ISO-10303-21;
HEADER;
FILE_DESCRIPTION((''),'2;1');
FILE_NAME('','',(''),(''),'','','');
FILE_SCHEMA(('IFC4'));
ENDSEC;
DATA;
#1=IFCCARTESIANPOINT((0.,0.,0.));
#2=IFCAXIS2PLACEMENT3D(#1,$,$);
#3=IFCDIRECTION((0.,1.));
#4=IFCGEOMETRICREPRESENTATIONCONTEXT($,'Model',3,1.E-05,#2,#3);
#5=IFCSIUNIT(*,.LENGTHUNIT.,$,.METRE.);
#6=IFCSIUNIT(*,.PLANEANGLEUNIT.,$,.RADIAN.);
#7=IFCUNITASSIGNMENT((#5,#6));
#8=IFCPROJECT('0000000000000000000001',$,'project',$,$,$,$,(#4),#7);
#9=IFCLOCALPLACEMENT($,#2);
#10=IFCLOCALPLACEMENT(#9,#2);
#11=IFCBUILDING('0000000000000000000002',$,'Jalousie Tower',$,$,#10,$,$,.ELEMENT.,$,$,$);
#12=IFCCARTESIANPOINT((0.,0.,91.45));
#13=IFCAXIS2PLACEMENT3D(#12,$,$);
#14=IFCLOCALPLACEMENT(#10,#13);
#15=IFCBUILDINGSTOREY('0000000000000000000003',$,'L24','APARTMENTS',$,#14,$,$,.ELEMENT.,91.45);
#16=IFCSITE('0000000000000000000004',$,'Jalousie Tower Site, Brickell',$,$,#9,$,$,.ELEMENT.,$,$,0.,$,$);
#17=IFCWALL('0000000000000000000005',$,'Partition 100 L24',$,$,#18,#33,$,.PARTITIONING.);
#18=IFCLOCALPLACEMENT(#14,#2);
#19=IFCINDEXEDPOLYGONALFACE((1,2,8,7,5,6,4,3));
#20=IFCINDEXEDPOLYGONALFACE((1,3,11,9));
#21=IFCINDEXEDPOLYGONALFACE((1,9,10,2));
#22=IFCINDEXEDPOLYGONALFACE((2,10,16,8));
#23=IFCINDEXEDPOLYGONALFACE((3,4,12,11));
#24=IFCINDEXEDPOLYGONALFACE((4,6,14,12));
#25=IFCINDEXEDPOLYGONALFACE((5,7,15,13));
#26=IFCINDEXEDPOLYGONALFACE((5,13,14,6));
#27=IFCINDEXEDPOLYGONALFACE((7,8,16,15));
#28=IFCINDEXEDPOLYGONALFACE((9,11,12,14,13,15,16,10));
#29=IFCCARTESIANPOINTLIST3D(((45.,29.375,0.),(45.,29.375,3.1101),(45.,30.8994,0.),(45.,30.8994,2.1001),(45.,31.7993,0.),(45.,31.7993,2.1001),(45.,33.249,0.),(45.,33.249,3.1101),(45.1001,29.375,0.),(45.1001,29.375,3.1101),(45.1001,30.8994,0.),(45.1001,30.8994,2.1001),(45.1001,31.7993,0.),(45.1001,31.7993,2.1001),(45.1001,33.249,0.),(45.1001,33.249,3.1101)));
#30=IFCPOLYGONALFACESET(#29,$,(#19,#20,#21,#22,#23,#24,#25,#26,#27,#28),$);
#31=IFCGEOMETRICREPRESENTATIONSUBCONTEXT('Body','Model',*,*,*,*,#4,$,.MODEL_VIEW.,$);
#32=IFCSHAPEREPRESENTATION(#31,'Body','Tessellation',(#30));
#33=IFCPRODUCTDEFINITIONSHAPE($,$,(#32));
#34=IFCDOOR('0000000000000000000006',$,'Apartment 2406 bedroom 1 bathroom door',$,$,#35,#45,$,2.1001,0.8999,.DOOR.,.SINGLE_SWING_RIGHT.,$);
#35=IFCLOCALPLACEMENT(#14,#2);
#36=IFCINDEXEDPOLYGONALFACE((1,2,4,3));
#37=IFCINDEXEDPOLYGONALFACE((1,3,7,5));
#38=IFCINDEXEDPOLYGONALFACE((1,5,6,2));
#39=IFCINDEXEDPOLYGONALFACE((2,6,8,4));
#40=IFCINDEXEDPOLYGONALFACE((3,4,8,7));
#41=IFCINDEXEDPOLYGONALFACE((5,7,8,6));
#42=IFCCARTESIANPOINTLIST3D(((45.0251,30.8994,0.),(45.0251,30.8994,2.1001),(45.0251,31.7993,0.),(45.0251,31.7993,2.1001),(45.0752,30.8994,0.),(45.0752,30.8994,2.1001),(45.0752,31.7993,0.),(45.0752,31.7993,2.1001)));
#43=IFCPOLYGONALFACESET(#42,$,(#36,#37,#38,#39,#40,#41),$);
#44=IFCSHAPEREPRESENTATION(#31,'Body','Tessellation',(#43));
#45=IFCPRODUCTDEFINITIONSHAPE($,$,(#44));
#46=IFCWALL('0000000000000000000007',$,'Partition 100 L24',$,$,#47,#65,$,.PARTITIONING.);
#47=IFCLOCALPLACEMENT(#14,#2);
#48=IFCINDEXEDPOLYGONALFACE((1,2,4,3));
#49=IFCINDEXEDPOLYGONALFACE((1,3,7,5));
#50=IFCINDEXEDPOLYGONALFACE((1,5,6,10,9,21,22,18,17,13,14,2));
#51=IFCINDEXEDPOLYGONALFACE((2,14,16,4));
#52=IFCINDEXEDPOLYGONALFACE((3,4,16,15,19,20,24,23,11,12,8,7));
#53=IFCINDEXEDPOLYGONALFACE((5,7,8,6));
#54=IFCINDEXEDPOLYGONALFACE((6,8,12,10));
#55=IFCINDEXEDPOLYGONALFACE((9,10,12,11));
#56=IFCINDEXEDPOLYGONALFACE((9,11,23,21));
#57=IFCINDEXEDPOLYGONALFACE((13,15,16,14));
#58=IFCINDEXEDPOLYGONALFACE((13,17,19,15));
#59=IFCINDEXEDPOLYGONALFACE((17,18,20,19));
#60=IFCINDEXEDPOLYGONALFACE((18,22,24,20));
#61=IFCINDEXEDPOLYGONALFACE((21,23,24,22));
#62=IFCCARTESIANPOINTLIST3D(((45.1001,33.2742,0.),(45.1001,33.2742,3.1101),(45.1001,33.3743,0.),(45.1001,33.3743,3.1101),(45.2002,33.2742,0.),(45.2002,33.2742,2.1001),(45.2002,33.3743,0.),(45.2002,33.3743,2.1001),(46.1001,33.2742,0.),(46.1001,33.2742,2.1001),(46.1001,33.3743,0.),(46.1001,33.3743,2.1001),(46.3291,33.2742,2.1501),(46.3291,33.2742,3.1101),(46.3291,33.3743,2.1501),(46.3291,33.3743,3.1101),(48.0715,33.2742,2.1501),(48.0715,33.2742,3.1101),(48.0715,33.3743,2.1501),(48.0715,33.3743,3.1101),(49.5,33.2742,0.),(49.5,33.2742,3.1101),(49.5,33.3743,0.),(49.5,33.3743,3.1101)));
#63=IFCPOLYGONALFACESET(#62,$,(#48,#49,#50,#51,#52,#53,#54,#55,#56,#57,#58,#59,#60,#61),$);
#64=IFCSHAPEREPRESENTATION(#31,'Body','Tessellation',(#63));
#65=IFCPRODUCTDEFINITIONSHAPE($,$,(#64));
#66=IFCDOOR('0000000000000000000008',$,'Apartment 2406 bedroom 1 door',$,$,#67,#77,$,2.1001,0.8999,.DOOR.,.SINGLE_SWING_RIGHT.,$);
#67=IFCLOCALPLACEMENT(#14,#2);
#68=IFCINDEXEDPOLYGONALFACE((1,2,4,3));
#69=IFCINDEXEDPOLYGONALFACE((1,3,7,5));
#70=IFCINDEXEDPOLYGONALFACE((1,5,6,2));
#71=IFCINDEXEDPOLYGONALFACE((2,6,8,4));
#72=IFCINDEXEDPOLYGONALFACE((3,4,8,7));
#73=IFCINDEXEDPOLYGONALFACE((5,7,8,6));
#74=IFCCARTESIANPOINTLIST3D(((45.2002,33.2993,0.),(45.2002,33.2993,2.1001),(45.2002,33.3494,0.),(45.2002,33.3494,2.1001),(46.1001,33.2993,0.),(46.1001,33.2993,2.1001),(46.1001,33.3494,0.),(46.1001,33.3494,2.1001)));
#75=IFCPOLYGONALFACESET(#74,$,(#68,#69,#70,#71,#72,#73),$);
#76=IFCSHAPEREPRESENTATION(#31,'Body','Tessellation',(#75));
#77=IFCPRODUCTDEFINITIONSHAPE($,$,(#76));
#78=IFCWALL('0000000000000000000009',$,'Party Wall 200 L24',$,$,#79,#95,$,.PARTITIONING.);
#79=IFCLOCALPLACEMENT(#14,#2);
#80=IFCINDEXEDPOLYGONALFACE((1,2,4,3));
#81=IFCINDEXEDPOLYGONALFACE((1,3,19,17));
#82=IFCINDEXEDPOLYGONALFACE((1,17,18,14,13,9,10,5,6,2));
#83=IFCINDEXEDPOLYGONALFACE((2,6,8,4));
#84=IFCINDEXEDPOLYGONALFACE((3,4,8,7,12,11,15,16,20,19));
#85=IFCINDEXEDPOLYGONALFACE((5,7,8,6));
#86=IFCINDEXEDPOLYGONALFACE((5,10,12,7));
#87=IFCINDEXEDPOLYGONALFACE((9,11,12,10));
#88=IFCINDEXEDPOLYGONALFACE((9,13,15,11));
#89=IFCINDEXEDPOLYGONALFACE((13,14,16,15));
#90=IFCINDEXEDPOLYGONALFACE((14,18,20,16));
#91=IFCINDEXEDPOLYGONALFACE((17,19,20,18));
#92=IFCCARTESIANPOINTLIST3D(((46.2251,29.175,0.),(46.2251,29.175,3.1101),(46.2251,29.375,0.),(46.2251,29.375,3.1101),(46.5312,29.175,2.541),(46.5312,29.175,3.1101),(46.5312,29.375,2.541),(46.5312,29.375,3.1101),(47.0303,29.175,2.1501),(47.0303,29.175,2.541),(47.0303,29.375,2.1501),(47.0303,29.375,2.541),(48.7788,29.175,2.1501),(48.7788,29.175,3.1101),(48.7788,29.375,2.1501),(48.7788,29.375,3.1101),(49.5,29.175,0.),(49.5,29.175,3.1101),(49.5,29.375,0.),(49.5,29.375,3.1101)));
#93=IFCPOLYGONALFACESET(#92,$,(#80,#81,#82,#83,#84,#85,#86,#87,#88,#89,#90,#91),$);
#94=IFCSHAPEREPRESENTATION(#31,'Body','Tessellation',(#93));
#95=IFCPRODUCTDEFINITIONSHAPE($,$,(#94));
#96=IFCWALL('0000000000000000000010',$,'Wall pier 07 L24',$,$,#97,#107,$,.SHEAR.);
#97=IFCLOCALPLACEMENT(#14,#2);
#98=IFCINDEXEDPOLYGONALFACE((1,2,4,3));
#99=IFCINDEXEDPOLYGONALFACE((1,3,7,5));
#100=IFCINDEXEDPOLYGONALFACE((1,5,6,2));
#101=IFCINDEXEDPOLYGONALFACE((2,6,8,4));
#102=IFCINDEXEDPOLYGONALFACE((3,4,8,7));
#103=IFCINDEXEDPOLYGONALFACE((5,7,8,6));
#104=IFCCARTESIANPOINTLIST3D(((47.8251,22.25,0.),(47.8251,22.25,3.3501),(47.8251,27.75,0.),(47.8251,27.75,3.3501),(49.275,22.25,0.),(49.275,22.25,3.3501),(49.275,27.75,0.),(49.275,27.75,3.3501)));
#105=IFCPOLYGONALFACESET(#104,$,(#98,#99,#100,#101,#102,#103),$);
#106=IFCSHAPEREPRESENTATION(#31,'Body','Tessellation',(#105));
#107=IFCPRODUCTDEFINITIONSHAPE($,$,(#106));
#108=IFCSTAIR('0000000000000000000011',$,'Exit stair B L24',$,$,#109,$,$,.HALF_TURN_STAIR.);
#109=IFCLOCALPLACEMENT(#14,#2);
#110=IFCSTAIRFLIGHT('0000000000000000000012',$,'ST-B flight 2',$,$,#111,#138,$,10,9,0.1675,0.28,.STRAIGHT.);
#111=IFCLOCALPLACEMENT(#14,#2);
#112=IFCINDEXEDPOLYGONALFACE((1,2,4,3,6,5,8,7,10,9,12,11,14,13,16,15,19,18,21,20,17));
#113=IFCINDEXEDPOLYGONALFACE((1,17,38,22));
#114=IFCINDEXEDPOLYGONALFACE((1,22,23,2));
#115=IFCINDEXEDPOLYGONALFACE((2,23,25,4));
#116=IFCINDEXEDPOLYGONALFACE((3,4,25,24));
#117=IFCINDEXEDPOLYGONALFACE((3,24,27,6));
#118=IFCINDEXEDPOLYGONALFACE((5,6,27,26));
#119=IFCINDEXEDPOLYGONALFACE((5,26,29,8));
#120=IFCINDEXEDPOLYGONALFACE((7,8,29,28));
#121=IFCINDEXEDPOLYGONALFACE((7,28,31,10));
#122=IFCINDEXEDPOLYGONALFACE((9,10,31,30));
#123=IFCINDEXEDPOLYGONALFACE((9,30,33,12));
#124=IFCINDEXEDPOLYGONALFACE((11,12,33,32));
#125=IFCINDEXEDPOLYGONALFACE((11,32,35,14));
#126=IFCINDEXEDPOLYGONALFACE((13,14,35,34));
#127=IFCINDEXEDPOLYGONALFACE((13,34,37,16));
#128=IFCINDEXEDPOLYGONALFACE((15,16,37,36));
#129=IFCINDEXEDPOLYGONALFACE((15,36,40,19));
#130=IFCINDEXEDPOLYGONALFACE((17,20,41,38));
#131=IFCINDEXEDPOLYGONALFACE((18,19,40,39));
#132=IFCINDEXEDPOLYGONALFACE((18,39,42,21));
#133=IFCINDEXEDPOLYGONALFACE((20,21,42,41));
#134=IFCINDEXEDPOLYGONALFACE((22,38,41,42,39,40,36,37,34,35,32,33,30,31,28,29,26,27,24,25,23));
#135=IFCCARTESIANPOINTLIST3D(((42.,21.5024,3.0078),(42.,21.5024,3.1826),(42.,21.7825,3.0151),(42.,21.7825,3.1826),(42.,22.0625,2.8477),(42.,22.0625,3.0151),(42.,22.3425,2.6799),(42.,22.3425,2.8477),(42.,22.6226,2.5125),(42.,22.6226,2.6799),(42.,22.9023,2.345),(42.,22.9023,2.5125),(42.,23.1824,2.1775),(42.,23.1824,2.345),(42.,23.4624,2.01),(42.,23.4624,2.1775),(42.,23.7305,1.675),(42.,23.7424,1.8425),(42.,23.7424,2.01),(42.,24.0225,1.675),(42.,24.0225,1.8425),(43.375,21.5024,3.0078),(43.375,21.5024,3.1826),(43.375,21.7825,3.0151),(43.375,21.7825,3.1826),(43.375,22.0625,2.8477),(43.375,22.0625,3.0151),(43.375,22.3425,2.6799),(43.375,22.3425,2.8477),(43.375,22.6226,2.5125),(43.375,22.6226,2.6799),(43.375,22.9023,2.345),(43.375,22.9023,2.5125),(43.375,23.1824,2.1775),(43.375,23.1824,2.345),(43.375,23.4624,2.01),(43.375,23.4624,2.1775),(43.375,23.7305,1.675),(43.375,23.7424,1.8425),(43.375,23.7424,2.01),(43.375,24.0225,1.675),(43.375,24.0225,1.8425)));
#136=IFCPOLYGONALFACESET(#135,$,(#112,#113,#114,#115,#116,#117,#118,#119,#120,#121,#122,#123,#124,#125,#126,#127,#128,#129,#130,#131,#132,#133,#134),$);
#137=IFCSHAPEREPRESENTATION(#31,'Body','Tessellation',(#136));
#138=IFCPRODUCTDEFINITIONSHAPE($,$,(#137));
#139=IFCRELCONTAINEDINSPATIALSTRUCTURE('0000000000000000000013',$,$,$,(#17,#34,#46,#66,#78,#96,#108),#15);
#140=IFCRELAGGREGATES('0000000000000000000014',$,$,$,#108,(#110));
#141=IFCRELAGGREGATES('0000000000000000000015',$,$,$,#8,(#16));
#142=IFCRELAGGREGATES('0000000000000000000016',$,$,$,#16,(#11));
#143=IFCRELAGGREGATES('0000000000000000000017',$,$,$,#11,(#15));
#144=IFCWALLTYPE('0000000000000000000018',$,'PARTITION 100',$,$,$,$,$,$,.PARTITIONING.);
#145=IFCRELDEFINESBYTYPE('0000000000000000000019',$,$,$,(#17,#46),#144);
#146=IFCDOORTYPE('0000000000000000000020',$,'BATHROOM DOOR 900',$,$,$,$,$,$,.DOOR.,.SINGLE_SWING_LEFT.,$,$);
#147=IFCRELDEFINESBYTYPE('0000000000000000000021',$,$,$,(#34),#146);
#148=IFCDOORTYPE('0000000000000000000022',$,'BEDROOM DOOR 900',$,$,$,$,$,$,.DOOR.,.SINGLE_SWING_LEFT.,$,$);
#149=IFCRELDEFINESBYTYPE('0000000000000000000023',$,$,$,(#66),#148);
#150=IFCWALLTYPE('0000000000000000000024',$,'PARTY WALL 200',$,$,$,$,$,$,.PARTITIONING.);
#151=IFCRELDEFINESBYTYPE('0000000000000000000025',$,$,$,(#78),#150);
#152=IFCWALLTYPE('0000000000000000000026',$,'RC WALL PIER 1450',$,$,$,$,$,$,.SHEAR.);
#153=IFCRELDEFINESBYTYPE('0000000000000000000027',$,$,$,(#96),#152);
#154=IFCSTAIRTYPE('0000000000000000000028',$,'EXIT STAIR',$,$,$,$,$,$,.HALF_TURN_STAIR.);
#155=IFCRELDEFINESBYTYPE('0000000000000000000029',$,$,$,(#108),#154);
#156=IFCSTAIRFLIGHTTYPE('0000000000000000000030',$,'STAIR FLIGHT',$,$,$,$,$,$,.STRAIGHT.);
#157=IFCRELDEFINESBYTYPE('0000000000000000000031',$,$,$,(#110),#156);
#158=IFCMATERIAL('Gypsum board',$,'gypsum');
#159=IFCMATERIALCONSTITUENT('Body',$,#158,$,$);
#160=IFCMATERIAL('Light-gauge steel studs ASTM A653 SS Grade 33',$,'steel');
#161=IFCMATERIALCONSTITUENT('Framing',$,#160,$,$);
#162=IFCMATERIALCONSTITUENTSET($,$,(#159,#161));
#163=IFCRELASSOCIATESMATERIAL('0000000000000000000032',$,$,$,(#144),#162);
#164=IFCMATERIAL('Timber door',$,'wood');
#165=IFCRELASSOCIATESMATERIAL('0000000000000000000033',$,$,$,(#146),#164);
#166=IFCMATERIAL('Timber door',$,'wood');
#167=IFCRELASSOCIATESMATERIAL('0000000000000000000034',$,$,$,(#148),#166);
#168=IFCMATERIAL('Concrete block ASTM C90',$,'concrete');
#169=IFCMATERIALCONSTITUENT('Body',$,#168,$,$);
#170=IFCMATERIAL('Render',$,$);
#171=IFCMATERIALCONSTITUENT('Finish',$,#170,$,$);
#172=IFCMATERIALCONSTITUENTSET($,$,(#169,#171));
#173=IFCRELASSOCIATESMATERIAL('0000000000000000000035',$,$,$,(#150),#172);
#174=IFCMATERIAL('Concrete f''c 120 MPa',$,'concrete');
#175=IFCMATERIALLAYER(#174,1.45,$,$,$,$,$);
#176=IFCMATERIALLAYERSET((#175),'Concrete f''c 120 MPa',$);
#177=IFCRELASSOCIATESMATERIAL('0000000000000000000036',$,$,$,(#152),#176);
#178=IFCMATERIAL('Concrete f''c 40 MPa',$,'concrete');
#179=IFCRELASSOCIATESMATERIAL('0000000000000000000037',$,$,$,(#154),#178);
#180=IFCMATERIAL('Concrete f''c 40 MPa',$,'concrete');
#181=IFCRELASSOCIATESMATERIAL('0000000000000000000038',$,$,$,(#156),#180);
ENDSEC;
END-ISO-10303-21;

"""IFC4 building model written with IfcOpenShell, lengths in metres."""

from ifc_helpers import new_model, si_unit, direction, frame, frame_2d, origin, place, context, subcontext, project, spatial, polyline, rectangle, outline, extrude, material, layer, layer_set, constituent, constituent_set, type_object, element, fill, aggregate, save


model = new_model("IFC4")

# Units and contexts
model_context = context("Model", 3, precision=1e-05, world=origin(), true_north=direction((0.0, 1.0)))
body_context = subcontext(model_context, "Body", "Model", "MODEL_VIEW")
ifc_project = project(units=[si_unit("LENGTHUNIT", "METRE"), si_unit("PLANEANGLEUNIT", "RADIAN")], contexts=[model_context])

# Site, building, storey
site_placement = place(None, origin())
site = spatial("IfcSite", under=ifc_project, at=site_placement, Name="Jalousie Tower Site, Brickell", CompositionType="ELEMENT", RefElevation=0.0)
building_placement = place(site_placement, origin())
building = spatial("IfcBuilding", under=site, at=building_placement, Name="Jalousie Tower", CompositionType="ELEMENT")
storey_placement = place(building_placement, frame((0.0, 0.0, 91.45)))
storey = spatial("IfcBuildingStorey", under=building, at=storey_placement, Name="L24", Description="APARTMENTS", CompositionType="ELEMENT", Elevation=91.45)

# Walls, openings, doors
ifc_material_1 = material(Name="Gypsum board", Category="gypsum")
ifc_constituent_1 = constituent(ifc_material_1, Name="Body")
ifc_material_2 = material(Name="Light-gauge steel studs ASTM A653 SS Grade 33", Category="steel")
ifc_constituent_2 = constituent(ifc_material_2, Name="Framing")
ifc_constituent_set_1 = constituent_set(constituents=[ifc_constituent_1, ifc_constituent_2])
wall_type_1 = type_object("IfcWallType", Name="PARTITION 100", PredefinedType="PARTITIONING", material=ifc_constituent_set_1)
wall_1_placement = place(storey_placement, frame((45.05, 33.249, 0.0), z_axis=(0.0, 0.0, 1.0), x_axis=(0.0, -1.0, 0.0)))
wall_1 = element("IfcWall", 1, at=wall_1_placement, inside=storey, type_object=wall_type_1, Name="Partition 100 L24", PredefinedType="PARTITIONING", context=body_context, shape_type="SweptSolid", body=[
    extrude(rectangle(XDim=3.874, YDim=0.1001, at=frame_2d((1.937, 0.0))), origin(), (0.0, 0.0, 1.0), 3.1101),
])
opening_1_placement = place(wall_1_placement, frame((1.4497, 0.0, 0.0)))
opening_1 = element("IfcOpeningElement", 2, at=opening_1_placement, cuts=wall_1, PredefinedType="OPENING", context=body_context, shape_type="SweptSolid", body=[
    extrude(rectangle(XDim=0.8999, YDim=2.1001, at=frame_2d((0.45, 1.05))), frame((0.0, 0.0601, 0.0), z_axis=(0.0, -1.0, 0.0), x_axis=(1.0, 0.0, 0.0)), (0.0, 0.0, 1.0), 0.1201),
])
ifc_material_3 = material(Name="Timber door", Category="wood")
door_type_1 = type_object("IfcDoorType", Name="BATHROOM DOOR 900", OperationType="SINGLE_SWING_LEFT", PredefinedType="DOOR", material=ifc_material_3)
door_1_placement = place(opening_1_placement, frame((0.8999, 0.0, 0.0), z_axis=(0.0, 0.0, 1.0), x_axis=(-1.0, 0.0, 0.0)))
door_1 = element("IfcDoor", 3, at=door_1_placement, inside=storey, type_object=door_type_1, Name="Apartment 2406 bedroom 1 bathroom door", OperationType="SINGLE_SWING_RIGHT", OverallHeight=2.1001, OverallWidth=0.8999, PredefinedType="DOOR", context=body_context, shape_type="SweptSolid", body=[
    extrude(rectangle(XDim=0.8999, YDim=2.1001, at=frame_2d((0.45, 1.05))), frame((0.0, 0.0249, 0.0), z_axis=(0.0, -1.0, 0.0), x_axis=(1.0, 0.0, 0.0)), (0.0, 0.0, 1.0), 0.05),
])
fill(opening_1, door_1)
wall_2_placement = place(storey_placement, frame((45.1001, 33.3242, 0.0), z_axis=(0.0, 0.0, 1.0), x_axis=(1.0, 0.0, 0.0)))
wall_2 = element("IfcWall", 4, at=wall_2_placement, inside=storey, type_object=wall_type_1, Name="Partition 100 L24", PredefinedType="PARTITIONING", context=body_context, shape_type="SweptSolid", body=[
    extrude(outline(polyline([(0.0, 0.0), (4.3999, 0.0), (4.3999, 3.1101), (2.9714, 3.1101), (2.9714, 2.1501), (1.229, 2.1501), (1.229, 3.1101), (0.0, 3.1101), (0.0, 0.0)])), frame((0.0, 0.05, 0.0), z_axis=(0.0, -1.0, 0.0), x_axis=(1.0, 0.0, 0.0)), (0.0, 0.0, 1.0), 0.1001),
])
opening_2_placement = place(wall_2_placement, frame((0.1001, 0.0, 0.0)))
opening_2 = element("IfcOpeningElement", 5, at=opening_2_placement, cuts=wall_2, PredefinedType="OPENING", context=body_context, shape_type="SweptSolid", body=[
    extrude(rectangle(XDim=0.8999, YDim=2.1001, at=frame_2d((0.45, 1.05))), frame((0.0, 0.0601, 0.0), z_axis=(0.0, -1.0, 0.0), x_axis=(1.0, 0.0, 0.0)), (0.0, 0.0, 1.0), 0.1201),
])
ifc_material_4 = material(Name="Timber door", Category="wood")
door_type_2 = type_object("IfcDoorType", Name="BEDROOM DOOR 900", OperationType="SINGLE_SWING_LEFT", PredefinedType="DOOR", material=ifc_material_4)
door_2_placement = place(opening_2_placement, frame((0.8999, 0.0, 0.0), z_axis=(0.0, 0.0, 1.0), x_axis=(-1.0, 0.0, 0.0)))
door_2 = element("IfcDoor", 6, at=door_2_placement, inside=storey, type_object=door_type_2, Name="Apartment 2406 bedroom 1 door", OperationType="SINGLE_SWING_RIGHT", OverallHeight=2.1001, OverallWidth=0.8999, PredefinedType="DOOR", context=body_context, shape_type="SweptSolid", body=[
    extrude(rectangle(XDim=0.8999, YDim=2.1001, at=frame_2d((0.45, 1.05))), frame((0.0, 0.0249, 0.0), z_axis=(0.0, -1.0, 0.0), x_axis=(1.0, 0.0, 0.0)), (0.0, 0.0, 1.0), 0.05),
])
fill(opening_2, door_2)

# Walls
ifc_material_5 = material(Name="Concrete block ASTM C90", Category="concrete")
ifc_constituent_3 = constituent(ifc_material_5, Name="Body")
ifc_material_6 = material(Name="Render")
ifc_constituent_4 = constituent(ifc_material_6, Name="Finish")
ifc_constituent_set_2 = constituent_set(constituents=[ifc_constituent_3, ifc_constituent_4])
wall_type_2 = type_object("IfcWallType", Name="PARTY WALL 200", PredefinedType="PARTITIONING", material=ifc_constituent_set_2)
wall_3_placement = place(storey_placement, frame((46.2251, 29.2749, 0.0), z_axis=(0.0, 0.0, 1.0), x_axis=(1.0, 0.0, 0.0)))
element("IfcWall", 7, at=wall_3_placement, inside=storey, type_object=wall_type_2, Name="Party Wall 200 L24", PredefinedType="PARTITIONING", context=body_context, shape_type="SweptSolid", body=[
    extrude(outline(polyline([(0.0, 0.0), (3.2749, 0.0), (3.2749, 3.1101), (2.5537, 3.1101), (2.5537, 2.1501), (0.8052, 2.1501), (0.8052, 2.541), (0.3062, 2.541), (0.3062, 3.1101), (0.0, 3.1101), (0.0, 0.0)])), frame((0.0, 0.1001, 0.0), z_axis=(0.0, -1.0, 0.0), x_axis=(1.0, 0.0, 0.0)), (0.0, 0.0, 1.0), 0.2),
])
ifc_material_7 = material(Name="Concrete f'c 120 MPa", Category="concrete")
ifc_layer_1 = layer(ifc_material_7, 1.45)
ifc_layer_set_1 = layer_set([ifc_layer_1], Name="Concrete f'c 120 MPa")
wall_type_3 = type_object("IfcWallType", Name="RC WALL PIER 1450", PredefinedType="SHEAR", material=ifc_layer_set_1)
wall_4_placement = place(storey_placement, frame((48.55, 22.25, 0.0), z_axis=(0.0, 0.0, 1.0), x_axis=(0.0, 1.0, 0.0)))
element("IfcWall", 8, at=wall_4_placement, inside=storey, type_object=wall_type_3, Name="Wall pier 07 L24", PredefinedType="SHEAR", context=body_context, shape_type="SweptSolid", body=[
    extrude(rectangle(XDim=5.5, YDim=1.45, at=frame_2d((2.75, 0.0))), origin(), (0.0, 0.0, 1.0), 3.3501),
])

# Stair, stair flight
ifc_material_8 = material(Name="Concrete f'c 40 MPa", Category="concrete")
stair_type = type_object("IfcStairType", Name="EXIT STAIR", PredefinedType="HALF_TURN_STAIR", material=ifc_material_8)
stair_placement = place(storey_placement, origin())
stair = element("IfcStair", 9, at=stair_placement, inside=storey, type_object=stair_type, Name="Exit stair B L24", PredefinedType="HALF_TURN_STAIR")
ifc_material_9 = material(Name="Concrete f'c 40 MPa", Category="concrete")
stair_flight_type = type_object("IfcStairFlightType", Name="STAIR FLIGHT", PredefinedType="STRAIGHT", material=ifc_material_9)
stair_flight_placement = place(storey_placement, frame((42.6875, 24.0225, 1.675), z_axis=(0.0, 0.0, 1.0), x_axis=(0.0, -1.0, 0.0)))
stair_flight = element("IfcStairFlight", 10, at=stair_flight_placement, type_object=stair_flight_type, Name="ST-B flight 2", NumberOfRisers=10, NumberOfTreads=9, PredefinedType="STRAIGHT", RiserHeight=0.1675, TreadLength=0.28, context=body_context, shape_type="SweptSolid", body=[
    extrude(outline(polyline([(0.0, 0.0), (0.0, 0.1675), (0.28, 0.1675), (0.28, 0.335), (0.5601, 0.335), (0.5601, 0.5024), (0.8401, 0.5024), (0.8401, 0.6699), (1.1201, 0.6699), (1.1201, 0.8374), (1.3999, 0.8374), (1.3999, 1.0049), (1.6799, 1.0049), (1.6799, 1.1726), (1.96, 1.1726), (1.96, 1.3401), (2.24, 1.3401), (2.24, 1.5076), (2.52, 1.5076), (2.52, 1.675), (2.52, 1.3328), (0.292, 0.0), (0.0, 0.0)])), frame((0.0, 0.6875, 0.0), z_axis=(0.0, -1.0, 0.0), x_axis=(1.0, 0.0, 0.0)), (0.0, 0.0, 1.0), 1.375),
])
aggregate(stair, [stair_flight])

save(model, "model.ifc")
